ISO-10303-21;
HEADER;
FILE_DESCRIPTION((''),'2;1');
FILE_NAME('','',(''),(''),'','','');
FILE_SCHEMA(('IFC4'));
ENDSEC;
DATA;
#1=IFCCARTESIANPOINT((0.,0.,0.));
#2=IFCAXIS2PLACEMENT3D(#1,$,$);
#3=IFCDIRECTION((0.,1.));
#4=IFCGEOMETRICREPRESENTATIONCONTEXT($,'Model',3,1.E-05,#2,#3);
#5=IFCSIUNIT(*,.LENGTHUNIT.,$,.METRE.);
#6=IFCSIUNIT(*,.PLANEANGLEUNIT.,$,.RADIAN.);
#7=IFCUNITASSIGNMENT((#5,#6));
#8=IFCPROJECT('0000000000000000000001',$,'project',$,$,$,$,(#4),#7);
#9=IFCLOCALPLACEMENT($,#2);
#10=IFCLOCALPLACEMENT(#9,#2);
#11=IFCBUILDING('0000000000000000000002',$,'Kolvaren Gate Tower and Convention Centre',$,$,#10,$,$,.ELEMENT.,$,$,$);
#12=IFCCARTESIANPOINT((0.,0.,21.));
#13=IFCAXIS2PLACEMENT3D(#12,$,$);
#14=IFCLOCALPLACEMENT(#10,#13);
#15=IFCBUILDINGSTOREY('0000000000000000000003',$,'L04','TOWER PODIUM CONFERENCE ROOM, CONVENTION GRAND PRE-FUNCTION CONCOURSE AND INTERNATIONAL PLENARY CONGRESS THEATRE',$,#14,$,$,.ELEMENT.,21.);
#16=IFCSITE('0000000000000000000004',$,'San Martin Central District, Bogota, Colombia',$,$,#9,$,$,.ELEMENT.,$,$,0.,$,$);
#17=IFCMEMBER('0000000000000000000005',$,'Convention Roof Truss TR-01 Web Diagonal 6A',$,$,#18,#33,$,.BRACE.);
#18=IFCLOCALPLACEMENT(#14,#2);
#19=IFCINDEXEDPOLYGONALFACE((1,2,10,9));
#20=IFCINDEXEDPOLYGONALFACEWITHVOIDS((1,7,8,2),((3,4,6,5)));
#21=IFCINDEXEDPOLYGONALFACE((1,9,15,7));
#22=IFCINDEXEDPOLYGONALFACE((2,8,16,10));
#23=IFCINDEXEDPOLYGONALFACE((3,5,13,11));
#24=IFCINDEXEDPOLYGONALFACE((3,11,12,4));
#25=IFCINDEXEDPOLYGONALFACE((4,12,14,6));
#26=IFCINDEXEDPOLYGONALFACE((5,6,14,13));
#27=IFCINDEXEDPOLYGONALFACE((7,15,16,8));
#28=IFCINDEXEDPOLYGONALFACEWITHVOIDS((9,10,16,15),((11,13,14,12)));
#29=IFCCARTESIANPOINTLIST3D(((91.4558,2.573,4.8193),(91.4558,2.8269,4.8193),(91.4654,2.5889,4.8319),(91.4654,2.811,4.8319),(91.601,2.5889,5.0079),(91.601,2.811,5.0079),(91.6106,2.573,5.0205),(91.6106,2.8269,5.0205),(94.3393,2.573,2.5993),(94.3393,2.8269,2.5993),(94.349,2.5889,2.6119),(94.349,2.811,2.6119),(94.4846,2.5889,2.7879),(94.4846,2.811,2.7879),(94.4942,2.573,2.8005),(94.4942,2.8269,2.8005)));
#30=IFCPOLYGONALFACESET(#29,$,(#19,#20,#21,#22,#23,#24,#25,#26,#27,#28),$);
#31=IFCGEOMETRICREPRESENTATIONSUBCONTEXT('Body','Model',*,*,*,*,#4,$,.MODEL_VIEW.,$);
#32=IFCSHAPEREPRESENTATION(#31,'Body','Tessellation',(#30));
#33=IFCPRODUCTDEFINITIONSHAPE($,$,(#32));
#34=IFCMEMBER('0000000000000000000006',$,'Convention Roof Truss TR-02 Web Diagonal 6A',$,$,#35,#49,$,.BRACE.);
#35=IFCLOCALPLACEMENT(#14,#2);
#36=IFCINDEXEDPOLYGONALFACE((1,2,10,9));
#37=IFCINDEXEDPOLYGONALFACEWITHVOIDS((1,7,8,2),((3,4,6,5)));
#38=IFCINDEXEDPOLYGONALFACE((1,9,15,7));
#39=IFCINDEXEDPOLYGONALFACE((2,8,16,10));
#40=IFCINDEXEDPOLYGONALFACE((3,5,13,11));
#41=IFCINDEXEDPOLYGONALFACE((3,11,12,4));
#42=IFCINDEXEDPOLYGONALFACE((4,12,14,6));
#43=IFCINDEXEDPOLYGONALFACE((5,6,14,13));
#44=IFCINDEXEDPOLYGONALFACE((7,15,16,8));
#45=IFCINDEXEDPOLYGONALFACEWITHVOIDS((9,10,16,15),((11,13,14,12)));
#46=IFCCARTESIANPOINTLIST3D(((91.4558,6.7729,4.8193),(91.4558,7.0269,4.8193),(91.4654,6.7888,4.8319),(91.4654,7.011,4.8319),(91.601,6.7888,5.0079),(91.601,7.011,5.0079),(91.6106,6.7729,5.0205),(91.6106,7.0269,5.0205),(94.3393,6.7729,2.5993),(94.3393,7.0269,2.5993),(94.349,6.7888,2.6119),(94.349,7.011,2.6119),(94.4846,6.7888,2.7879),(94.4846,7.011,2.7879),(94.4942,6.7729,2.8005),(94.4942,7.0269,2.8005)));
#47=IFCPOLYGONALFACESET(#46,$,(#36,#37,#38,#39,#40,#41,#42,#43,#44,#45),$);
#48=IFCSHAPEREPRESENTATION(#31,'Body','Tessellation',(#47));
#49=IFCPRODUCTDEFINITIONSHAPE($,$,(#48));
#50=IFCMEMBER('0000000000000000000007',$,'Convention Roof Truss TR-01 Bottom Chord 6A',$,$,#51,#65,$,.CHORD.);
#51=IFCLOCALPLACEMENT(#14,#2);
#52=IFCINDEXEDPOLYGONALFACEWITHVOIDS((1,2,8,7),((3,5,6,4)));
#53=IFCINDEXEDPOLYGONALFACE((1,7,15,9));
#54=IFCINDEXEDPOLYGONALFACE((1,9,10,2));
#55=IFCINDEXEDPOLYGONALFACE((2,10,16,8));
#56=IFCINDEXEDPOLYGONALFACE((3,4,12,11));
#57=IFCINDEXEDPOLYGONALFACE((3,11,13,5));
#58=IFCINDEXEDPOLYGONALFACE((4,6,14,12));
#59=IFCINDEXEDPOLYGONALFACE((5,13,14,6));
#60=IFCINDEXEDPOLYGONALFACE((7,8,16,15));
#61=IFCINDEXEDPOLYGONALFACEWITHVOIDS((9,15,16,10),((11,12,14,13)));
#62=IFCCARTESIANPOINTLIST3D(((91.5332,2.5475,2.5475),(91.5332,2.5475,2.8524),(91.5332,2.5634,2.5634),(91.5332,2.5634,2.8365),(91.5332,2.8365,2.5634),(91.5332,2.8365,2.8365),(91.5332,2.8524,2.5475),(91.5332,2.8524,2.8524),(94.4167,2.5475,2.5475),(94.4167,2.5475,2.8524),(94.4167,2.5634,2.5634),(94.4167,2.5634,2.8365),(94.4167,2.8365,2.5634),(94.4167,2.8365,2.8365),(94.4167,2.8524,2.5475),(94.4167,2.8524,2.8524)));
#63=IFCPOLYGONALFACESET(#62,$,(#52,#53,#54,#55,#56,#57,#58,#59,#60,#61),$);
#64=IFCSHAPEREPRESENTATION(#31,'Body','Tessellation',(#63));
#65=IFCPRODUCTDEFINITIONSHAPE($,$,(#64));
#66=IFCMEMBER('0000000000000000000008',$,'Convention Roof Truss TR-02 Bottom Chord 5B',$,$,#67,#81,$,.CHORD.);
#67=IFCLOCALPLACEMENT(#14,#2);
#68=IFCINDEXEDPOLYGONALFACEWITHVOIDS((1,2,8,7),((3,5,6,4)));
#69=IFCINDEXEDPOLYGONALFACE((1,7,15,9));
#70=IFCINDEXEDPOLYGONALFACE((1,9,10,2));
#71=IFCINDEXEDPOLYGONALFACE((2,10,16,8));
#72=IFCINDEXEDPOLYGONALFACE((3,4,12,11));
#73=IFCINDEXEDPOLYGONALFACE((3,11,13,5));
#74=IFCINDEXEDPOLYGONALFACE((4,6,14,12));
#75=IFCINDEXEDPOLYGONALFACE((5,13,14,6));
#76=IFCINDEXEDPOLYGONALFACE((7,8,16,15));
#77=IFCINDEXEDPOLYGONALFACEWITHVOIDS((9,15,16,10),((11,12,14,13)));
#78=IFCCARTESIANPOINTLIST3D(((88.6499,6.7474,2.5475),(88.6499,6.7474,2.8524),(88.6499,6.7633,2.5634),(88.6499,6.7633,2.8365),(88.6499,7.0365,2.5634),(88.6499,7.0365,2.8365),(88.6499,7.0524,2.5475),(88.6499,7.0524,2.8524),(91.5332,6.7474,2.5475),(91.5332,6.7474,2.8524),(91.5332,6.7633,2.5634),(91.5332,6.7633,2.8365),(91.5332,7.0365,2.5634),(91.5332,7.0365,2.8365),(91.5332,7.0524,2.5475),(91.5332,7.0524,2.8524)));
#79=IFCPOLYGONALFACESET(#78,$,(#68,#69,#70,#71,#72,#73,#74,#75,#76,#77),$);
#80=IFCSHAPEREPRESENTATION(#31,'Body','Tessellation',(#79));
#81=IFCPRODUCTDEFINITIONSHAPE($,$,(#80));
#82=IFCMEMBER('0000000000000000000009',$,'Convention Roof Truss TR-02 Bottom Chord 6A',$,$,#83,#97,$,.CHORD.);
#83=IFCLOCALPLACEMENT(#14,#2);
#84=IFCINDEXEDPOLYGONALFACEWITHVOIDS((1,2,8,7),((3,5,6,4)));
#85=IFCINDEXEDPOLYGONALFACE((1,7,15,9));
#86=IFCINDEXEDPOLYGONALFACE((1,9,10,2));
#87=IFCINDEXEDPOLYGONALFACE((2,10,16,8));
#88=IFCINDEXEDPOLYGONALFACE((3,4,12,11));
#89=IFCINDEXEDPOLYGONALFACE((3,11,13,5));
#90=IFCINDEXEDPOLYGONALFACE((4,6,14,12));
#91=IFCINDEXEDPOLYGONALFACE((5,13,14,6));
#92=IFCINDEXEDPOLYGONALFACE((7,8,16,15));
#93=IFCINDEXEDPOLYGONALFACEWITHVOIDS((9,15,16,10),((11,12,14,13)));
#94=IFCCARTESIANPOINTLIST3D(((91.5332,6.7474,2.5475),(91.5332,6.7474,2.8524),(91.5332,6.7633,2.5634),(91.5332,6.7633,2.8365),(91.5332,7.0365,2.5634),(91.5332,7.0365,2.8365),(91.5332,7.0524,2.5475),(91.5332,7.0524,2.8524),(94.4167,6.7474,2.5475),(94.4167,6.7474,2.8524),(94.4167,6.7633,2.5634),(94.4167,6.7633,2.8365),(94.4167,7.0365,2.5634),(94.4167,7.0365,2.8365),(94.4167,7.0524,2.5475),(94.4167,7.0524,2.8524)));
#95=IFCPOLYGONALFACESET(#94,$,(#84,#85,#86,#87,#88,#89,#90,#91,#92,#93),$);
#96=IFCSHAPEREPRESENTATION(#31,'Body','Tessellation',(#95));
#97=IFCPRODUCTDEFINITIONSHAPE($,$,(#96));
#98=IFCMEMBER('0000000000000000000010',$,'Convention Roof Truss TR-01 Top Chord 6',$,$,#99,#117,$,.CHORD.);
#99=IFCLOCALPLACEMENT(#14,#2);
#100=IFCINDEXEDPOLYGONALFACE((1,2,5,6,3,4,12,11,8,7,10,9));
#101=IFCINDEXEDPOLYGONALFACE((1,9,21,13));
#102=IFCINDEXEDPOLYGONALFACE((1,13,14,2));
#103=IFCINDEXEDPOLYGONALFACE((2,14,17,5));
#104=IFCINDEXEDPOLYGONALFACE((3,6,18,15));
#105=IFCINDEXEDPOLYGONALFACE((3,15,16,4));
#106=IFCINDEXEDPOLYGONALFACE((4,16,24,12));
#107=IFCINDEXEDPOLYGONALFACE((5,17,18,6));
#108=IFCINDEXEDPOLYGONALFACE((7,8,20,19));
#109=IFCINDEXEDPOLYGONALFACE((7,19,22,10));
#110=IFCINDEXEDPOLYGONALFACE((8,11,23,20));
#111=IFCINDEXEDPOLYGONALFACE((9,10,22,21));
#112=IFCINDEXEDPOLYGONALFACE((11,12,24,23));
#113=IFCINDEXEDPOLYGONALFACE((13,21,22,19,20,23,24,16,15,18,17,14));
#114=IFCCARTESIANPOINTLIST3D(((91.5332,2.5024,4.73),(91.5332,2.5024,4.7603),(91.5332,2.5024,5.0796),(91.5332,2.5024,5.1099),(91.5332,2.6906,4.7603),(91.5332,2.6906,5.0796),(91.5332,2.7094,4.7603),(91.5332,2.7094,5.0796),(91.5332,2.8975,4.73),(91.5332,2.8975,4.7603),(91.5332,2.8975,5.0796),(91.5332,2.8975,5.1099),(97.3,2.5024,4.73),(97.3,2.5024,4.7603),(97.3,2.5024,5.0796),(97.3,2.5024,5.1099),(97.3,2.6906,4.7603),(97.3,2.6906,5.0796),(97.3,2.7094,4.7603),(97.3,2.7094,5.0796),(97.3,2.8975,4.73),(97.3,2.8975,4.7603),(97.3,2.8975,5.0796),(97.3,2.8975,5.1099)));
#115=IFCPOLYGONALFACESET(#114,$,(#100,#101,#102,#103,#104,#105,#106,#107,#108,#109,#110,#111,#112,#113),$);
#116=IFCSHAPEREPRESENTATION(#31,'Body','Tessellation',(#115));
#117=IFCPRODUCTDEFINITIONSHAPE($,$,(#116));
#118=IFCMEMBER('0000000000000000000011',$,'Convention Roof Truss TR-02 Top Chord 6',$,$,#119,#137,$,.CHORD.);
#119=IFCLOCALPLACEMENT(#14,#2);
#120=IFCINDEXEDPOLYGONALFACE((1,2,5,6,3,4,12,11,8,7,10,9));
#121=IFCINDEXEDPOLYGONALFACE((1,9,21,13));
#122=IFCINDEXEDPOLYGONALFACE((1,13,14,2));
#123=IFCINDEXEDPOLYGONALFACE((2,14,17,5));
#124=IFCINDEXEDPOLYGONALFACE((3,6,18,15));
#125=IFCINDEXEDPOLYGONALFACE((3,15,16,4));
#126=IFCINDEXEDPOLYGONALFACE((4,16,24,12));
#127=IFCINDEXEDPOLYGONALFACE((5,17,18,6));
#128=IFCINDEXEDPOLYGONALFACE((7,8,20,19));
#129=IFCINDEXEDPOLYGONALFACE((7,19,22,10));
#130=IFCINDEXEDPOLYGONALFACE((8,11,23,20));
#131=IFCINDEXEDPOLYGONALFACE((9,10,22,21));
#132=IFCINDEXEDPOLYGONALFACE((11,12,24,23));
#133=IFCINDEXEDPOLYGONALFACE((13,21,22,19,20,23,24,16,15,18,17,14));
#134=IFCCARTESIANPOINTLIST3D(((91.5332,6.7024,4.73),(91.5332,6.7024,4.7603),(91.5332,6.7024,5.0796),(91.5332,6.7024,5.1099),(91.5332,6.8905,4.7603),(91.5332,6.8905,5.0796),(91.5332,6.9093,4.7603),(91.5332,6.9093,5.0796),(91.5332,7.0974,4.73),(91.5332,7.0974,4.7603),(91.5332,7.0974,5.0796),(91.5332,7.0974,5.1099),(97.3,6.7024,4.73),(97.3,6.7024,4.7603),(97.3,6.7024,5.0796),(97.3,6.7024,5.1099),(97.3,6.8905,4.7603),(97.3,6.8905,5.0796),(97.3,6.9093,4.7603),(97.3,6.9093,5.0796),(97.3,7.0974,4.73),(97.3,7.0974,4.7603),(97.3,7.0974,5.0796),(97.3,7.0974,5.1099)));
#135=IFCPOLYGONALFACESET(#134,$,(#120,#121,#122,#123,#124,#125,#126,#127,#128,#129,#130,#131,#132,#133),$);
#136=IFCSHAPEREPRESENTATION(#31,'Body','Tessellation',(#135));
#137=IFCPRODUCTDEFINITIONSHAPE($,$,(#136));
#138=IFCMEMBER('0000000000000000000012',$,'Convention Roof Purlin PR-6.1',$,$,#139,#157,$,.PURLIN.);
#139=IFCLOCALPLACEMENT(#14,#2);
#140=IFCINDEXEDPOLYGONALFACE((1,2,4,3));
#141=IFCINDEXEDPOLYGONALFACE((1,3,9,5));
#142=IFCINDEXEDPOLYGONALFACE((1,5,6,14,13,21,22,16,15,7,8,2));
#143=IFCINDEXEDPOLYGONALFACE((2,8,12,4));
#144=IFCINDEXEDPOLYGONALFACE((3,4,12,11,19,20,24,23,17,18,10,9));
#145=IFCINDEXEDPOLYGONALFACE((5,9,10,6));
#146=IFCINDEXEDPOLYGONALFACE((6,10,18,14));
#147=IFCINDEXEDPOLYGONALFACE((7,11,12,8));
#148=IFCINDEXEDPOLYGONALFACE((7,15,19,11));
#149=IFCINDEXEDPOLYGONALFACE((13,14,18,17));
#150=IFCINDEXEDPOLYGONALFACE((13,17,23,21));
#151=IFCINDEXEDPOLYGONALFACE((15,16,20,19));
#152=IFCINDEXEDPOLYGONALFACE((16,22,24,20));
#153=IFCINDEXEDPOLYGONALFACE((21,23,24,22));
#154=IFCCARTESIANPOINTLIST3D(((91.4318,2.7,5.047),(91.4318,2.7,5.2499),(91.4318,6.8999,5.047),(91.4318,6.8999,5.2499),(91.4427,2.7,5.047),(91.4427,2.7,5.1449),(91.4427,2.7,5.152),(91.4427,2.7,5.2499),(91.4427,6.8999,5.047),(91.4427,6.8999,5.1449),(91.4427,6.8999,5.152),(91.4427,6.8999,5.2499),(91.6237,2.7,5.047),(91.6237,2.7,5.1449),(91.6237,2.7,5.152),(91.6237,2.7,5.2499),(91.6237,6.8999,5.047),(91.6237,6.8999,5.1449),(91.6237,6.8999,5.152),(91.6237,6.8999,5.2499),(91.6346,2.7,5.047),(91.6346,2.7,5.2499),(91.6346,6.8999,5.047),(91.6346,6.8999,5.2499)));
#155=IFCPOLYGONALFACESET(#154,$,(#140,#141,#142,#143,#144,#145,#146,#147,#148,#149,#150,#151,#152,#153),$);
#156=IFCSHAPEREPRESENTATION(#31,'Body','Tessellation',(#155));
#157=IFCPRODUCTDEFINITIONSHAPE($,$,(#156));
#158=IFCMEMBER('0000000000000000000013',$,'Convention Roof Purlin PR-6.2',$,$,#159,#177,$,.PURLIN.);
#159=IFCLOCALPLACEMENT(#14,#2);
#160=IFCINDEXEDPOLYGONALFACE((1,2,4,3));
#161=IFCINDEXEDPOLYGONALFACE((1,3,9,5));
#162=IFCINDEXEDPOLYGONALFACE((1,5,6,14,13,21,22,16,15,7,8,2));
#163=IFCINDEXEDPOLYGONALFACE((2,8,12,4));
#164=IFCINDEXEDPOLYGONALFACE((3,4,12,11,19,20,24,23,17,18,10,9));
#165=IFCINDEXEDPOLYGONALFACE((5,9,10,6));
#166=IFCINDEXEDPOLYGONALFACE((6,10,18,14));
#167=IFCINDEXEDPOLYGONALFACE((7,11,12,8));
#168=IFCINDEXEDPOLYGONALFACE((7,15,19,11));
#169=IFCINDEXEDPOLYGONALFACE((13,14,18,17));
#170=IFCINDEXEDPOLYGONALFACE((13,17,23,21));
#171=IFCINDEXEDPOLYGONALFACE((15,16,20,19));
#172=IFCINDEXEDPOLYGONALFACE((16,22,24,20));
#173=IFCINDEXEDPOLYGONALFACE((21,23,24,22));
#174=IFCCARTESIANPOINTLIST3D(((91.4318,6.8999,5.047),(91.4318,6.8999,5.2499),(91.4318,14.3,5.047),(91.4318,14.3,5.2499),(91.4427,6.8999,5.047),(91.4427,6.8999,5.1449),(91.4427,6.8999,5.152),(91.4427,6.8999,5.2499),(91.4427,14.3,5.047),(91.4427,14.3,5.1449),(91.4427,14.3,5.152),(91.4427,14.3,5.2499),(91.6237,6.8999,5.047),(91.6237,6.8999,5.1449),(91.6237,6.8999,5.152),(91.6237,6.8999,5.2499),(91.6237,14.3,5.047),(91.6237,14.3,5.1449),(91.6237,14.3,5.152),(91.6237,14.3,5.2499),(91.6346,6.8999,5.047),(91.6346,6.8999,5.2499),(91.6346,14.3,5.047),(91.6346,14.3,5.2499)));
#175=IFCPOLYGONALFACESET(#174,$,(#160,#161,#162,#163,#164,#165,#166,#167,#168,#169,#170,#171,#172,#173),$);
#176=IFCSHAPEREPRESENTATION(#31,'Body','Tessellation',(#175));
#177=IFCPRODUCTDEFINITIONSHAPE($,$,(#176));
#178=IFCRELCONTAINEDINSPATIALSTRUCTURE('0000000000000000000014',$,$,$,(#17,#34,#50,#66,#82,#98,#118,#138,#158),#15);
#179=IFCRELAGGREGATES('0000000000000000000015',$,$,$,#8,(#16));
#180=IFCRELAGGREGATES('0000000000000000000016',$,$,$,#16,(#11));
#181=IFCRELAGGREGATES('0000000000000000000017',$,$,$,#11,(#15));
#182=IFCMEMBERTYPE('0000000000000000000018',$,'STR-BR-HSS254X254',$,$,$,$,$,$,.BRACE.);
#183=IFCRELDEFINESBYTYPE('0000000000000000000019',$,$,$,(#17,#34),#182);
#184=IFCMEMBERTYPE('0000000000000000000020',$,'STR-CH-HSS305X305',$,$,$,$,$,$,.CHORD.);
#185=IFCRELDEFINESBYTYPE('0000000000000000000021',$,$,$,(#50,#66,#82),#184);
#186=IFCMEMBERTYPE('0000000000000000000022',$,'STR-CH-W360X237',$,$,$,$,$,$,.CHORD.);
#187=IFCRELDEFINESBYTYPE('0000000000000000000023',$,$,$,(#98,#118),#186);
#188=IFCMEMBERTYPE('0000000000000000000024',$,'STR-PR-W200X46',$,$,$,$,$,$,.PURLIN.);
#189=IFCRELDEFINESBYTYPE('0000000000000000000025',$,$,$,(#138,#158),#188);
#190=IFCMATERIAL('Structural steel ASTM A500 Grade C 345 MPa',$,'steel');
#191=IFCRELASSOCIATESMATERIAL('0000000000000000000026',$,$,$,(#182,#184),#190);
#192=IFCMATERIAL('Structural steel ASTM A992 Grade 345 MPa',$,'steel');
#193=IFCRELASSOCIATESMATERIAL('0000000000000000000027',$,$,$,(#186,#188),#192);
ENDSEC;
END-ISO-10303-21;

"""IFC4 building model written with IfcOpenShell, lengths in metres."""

from ifc_helpers import new_model, si_unit, direction, frame, origin, origin_2d, place, context, subcontext, project, spatial, hollow_rectangle, i_section, extrude, material, material_profile, profile_set, type_object, element, save


model = new_model("IFC4")

# Units and contexts
model_context = context("Model", 3, precision=1e-05, world=origin(), true_north=direction((0.0, 1.0)))
body_context = subcontext(model_context, "Body", "Model", "MODEL_VIEW")
ifc_project = project(units=[si_unit("LENGTHUNIT", "METRE"), si_unit("PLANEANGLEUNIT", "RADIAN")], contexts=[model_context])

# Site, building, storey
site_placement = place(None, origin())
site = spatial("IfcSite", under=ifc_project, at=site_placement, Name="San Martin Central District, Bogota, Colombia", CompositionType="ELEMENT", RefElevation=0.0)
building_placement = place(site_placement, origin())
building = spatial("IfcBuilding", under=site, at=building_placement, Name="Kolvaren Gate Tower and Convention Centre", CompositionType="ELEMENT")
storey_placement = place(building_placement, frame((0.0, 0.0, 21.0)))
storey = spatial("IfcBuildingStorey", under=building, at=storey_placement, Name="L04", Description="TOWER PODIUM CONFERENCE ROOM, CONVENTION GRAND PRE-FUNCTION CONCOURSE AND INTERNATIONAL PLENARY CONGRESS THEATRE", CompositionType="ELEMENT", Elevation=21.0)

# Members
ifc_material_1 = material(Name="Structural steel ASTM A500 Grade C 345 MPa", Category="steel")
ifc_material_profile_1 = material_profile(ifc_material_1, hollow_rectangle(XDim=0.2539, YDim=0.2539, WallThickness=0.0159, at=origin_2d()), Name="HSS254X254X15.9")
ifc_profile_set_1 = profile_set([ifc_material_profile_1], Name="Structural steel ASTM A500 Grade C 345 MPa")
member_type_1 = type_object("IfcMemberType", Name="STR-BR-HSS254X254", PredefinedType="BRACE", material=ifc_profile_set_1)
for number, where, z_axis, x_axis, name in (
    (1, (91.5332, 2.7, 4.9199), (0.792377, 0.0, -0.610032), (0.0, 1.0, 0.0), "Convention Roof Truss TR-01 Web Diagonal 6A"),
    (2, (91.5332, 6.8999, 4.9199), (0.792377, 0.0, -0.610032), (0.0, 1.0, 0.0), "Convention Roof Truss TR-02 Web Diagonal 6A"),
):
    element("IfcMember", number, at=place(storey_placement, frame(where, z_axis=z_axis, x_axis=x_axis)), inside=storey, type_object=member_type_1, Name=name, PredefinedType="BRACE", context=body_context, shape_type="SweptSolid", body=[
        extrude(hollow_rectangle(XDim=0.2539, YDim=0.2539, WallThickness=0.0159, at=origin_2d()), origin(), (0.0, 0.0, 1.0), 3.6392),
    ])
ifc_material_profile_2 = material_profile(ifc_material_1, hollow_rectangle(XDim=0.3049, YDim=0.3049, WallThickness=0.0159, at=origin_2d()), Name="HSS305X305X15.9")
ifc_profile_set_2 = profile_set([ifc_material_profile_2], Name="Structural steel ASTM A500 Grade C 345 MPa")
member_type_2 = type_object("IfcMemberType", Name="STR-CH-HSS305X305", PredefinedType="CHORD", material=ifc_profile_set_2)
member_1_placement = place(storey_placement, frame((91.5332, 2.7, 2.7), z_axis=(1.0, 0.0, 0.0), x_axis=(0.0, 1.0, 0.0)))
element("IfcMember", 3, at=member_1_placement, inside=storey, type_object=member_type_2, Name="Convention Roof Truss TR-01 Bottom Chord 6A", PredefinedType="CHORD", context=body_context, shape_type="SweptSolid", body=[
    extrude(hollow_rectangle(XDim=0.3049, YDim=0.3049, WallThickness=0.0159, at=origin_2d()), origin(), (0.0, 0.0, 1.0), 2.8835),
])
member_2_placement = place(storey_placement, frame((88.6499, 6.8999, 2.7), z_axis=(1.0, 0.0, 0.0), x_axis=(0.0, 1.0, 0.0)))
element("IfcMember", 4, at=member_2_placement, inside=storey, type_object=member_type_2, Name="Convention Roof Truss TR-02 Bottom Chord 5B", PredefinedType="CHORD", context=body_context, shape_type="SweptSolid", body=[
    extrude(hollow_rectangle(XDim=0.3049, YDim=0.3049, WallThickness=0.0159, at=origin_2d()), origin(), (0.0, 0.0, 1.0), 2.8833),
])
member_3_placement = place(storey_placement, frame((91.5332, 6.8999, 2.7), z_axis=(1.0, 0.0, 0.0), x_axis=(0.0, 1.0, 0.0)))
element("IfcMember", 5, at=member_3_placement, inside=storey, type_object=member_type_2, Name="Convention Roof Truss TR-02 Bottom Chord 6A", PredefinedType="CHORD", context=body_context, shape_type="SweptSolid", body=[
    extrude(hollow_rectangle(XDim=0.3049, YDim=0.3049, WallThickness=0.0159, at=origin_2d()), origin(), (0.0, 0.0, 1.0), 2.8835),
])
ifc_material_2 = material(Name="Structural steel ASTM A992 Grade 345 MPa", Category="steel")
ifc_material_profile_3 = material_profile(ifc_material_2, i_section(OverallWidth=0.395, OverallDepth=0.3799, WebThickness=0.0188, FlangeThickness=0.0303, at=origin_2d()), Name="W360X237")
ifc_profile_set_3 = profile_set([ifc_material_profile_3], Name="Structural steel ASTM A992 Grade 345 MPa")
member_type_3 = type_object("IfcMemberType", Name="STR-CH-W360X237", PredefinedType="CHORD", material=ifc_profile_set_3)
for number, where, z_axis, x_axis, name in (
    (6, (91.5332, 2.7, 4.9199), (1.0, 0.0, 0.0), (0.0, 1.0, 0.0), "Convention Roof Truss TR-01 Top Chord 6"),
    (7, (91.5332, 6.8999, 4.9199), (1.0, 0.0, 0.0), (0.0, 1.0, 0.0), "Convention Roof Truss TR-02 Top Chord 6"),
):
    element("IfcMember", number, at=place(storey_placement, frame(where, z_axis=z_axis, x_axis=x_axis)), inside=storey, type_object=member_type_3, Name=name, PredefinedType="CHORD", context=body_context, shape_type="SweptSolid", body=[
        extrude(i_section(OverallWidth=0.395, OverallDepth=0.3799, WebThickness=0.0188, FlangeThickness=0.0303, at=origin_2d()), origin(), (0.0, 0.0, 1.0), 5.7668),
    ])
ifc_material_profile_4 = material_profile(ifc_material_2, i_section(OverallWidth=0.2029, OverallDepth=0.2029, WebThickness=0.0071, FlangeThickness=0.011, at=origin_2d()), Name="W200X46")
ifc_profile_set_4 = profile_set([ifc_material_profile_4], Name="Structural steel ASTM A992 Grade 345 MPa")
member_type_4 = type_object("IfcMemberType", Name="STR-PR-W200X46", PredefinedType="PURLIN", material=ifc_profile_set_4)
member_4_placement = place(storey_placement, frame((91.5332, 2.7, 5.1484), z_axis=(0.0, 1.0, 0.0), x_axis=(0.0, 0.0, 1.0)))
element("IfcMember", 8, at=member_4_placement, inside=storey, type_object=member_type_4, Name="Convention Roof Purlin PR-6.1", PredefinedType="PURLIN", context=body_context, shape_type="SweptSolid", body=[
    extrude(i_section(OverallWidth=0.2029, OverallDepth=0.2029, WebThickness=0.0071, FlangeThickness=0.011, at=origin_2d()), origin(), (0.0, 0.0, 1.0), 4.2),
])
member_5_placement = place(storey_placement, frame((91.5332, 6.8999, 5.1484), z_axis=(0.0, 1.0, 0.0), x_axis=(0.0, 0.0, 1.0)))
element("IfcMember", 9, at=member_5_placement, inside=storey, type_object=member_type_4, Name="Convention Roof Purlin PR-6.2", PredefinedType="PURLIN", context=body_context, shape_type="SweptSolid", body=[
    extrude(i_section(OverallWidth=0.2029, OverallDepth=0.2029, WebThickness=0.0071, FlangeThickness=0.011, at=origin_2d()), origin(), (0.0, 0.0, 1.0), 7.4001),
])

save(model, "model.ifc")
